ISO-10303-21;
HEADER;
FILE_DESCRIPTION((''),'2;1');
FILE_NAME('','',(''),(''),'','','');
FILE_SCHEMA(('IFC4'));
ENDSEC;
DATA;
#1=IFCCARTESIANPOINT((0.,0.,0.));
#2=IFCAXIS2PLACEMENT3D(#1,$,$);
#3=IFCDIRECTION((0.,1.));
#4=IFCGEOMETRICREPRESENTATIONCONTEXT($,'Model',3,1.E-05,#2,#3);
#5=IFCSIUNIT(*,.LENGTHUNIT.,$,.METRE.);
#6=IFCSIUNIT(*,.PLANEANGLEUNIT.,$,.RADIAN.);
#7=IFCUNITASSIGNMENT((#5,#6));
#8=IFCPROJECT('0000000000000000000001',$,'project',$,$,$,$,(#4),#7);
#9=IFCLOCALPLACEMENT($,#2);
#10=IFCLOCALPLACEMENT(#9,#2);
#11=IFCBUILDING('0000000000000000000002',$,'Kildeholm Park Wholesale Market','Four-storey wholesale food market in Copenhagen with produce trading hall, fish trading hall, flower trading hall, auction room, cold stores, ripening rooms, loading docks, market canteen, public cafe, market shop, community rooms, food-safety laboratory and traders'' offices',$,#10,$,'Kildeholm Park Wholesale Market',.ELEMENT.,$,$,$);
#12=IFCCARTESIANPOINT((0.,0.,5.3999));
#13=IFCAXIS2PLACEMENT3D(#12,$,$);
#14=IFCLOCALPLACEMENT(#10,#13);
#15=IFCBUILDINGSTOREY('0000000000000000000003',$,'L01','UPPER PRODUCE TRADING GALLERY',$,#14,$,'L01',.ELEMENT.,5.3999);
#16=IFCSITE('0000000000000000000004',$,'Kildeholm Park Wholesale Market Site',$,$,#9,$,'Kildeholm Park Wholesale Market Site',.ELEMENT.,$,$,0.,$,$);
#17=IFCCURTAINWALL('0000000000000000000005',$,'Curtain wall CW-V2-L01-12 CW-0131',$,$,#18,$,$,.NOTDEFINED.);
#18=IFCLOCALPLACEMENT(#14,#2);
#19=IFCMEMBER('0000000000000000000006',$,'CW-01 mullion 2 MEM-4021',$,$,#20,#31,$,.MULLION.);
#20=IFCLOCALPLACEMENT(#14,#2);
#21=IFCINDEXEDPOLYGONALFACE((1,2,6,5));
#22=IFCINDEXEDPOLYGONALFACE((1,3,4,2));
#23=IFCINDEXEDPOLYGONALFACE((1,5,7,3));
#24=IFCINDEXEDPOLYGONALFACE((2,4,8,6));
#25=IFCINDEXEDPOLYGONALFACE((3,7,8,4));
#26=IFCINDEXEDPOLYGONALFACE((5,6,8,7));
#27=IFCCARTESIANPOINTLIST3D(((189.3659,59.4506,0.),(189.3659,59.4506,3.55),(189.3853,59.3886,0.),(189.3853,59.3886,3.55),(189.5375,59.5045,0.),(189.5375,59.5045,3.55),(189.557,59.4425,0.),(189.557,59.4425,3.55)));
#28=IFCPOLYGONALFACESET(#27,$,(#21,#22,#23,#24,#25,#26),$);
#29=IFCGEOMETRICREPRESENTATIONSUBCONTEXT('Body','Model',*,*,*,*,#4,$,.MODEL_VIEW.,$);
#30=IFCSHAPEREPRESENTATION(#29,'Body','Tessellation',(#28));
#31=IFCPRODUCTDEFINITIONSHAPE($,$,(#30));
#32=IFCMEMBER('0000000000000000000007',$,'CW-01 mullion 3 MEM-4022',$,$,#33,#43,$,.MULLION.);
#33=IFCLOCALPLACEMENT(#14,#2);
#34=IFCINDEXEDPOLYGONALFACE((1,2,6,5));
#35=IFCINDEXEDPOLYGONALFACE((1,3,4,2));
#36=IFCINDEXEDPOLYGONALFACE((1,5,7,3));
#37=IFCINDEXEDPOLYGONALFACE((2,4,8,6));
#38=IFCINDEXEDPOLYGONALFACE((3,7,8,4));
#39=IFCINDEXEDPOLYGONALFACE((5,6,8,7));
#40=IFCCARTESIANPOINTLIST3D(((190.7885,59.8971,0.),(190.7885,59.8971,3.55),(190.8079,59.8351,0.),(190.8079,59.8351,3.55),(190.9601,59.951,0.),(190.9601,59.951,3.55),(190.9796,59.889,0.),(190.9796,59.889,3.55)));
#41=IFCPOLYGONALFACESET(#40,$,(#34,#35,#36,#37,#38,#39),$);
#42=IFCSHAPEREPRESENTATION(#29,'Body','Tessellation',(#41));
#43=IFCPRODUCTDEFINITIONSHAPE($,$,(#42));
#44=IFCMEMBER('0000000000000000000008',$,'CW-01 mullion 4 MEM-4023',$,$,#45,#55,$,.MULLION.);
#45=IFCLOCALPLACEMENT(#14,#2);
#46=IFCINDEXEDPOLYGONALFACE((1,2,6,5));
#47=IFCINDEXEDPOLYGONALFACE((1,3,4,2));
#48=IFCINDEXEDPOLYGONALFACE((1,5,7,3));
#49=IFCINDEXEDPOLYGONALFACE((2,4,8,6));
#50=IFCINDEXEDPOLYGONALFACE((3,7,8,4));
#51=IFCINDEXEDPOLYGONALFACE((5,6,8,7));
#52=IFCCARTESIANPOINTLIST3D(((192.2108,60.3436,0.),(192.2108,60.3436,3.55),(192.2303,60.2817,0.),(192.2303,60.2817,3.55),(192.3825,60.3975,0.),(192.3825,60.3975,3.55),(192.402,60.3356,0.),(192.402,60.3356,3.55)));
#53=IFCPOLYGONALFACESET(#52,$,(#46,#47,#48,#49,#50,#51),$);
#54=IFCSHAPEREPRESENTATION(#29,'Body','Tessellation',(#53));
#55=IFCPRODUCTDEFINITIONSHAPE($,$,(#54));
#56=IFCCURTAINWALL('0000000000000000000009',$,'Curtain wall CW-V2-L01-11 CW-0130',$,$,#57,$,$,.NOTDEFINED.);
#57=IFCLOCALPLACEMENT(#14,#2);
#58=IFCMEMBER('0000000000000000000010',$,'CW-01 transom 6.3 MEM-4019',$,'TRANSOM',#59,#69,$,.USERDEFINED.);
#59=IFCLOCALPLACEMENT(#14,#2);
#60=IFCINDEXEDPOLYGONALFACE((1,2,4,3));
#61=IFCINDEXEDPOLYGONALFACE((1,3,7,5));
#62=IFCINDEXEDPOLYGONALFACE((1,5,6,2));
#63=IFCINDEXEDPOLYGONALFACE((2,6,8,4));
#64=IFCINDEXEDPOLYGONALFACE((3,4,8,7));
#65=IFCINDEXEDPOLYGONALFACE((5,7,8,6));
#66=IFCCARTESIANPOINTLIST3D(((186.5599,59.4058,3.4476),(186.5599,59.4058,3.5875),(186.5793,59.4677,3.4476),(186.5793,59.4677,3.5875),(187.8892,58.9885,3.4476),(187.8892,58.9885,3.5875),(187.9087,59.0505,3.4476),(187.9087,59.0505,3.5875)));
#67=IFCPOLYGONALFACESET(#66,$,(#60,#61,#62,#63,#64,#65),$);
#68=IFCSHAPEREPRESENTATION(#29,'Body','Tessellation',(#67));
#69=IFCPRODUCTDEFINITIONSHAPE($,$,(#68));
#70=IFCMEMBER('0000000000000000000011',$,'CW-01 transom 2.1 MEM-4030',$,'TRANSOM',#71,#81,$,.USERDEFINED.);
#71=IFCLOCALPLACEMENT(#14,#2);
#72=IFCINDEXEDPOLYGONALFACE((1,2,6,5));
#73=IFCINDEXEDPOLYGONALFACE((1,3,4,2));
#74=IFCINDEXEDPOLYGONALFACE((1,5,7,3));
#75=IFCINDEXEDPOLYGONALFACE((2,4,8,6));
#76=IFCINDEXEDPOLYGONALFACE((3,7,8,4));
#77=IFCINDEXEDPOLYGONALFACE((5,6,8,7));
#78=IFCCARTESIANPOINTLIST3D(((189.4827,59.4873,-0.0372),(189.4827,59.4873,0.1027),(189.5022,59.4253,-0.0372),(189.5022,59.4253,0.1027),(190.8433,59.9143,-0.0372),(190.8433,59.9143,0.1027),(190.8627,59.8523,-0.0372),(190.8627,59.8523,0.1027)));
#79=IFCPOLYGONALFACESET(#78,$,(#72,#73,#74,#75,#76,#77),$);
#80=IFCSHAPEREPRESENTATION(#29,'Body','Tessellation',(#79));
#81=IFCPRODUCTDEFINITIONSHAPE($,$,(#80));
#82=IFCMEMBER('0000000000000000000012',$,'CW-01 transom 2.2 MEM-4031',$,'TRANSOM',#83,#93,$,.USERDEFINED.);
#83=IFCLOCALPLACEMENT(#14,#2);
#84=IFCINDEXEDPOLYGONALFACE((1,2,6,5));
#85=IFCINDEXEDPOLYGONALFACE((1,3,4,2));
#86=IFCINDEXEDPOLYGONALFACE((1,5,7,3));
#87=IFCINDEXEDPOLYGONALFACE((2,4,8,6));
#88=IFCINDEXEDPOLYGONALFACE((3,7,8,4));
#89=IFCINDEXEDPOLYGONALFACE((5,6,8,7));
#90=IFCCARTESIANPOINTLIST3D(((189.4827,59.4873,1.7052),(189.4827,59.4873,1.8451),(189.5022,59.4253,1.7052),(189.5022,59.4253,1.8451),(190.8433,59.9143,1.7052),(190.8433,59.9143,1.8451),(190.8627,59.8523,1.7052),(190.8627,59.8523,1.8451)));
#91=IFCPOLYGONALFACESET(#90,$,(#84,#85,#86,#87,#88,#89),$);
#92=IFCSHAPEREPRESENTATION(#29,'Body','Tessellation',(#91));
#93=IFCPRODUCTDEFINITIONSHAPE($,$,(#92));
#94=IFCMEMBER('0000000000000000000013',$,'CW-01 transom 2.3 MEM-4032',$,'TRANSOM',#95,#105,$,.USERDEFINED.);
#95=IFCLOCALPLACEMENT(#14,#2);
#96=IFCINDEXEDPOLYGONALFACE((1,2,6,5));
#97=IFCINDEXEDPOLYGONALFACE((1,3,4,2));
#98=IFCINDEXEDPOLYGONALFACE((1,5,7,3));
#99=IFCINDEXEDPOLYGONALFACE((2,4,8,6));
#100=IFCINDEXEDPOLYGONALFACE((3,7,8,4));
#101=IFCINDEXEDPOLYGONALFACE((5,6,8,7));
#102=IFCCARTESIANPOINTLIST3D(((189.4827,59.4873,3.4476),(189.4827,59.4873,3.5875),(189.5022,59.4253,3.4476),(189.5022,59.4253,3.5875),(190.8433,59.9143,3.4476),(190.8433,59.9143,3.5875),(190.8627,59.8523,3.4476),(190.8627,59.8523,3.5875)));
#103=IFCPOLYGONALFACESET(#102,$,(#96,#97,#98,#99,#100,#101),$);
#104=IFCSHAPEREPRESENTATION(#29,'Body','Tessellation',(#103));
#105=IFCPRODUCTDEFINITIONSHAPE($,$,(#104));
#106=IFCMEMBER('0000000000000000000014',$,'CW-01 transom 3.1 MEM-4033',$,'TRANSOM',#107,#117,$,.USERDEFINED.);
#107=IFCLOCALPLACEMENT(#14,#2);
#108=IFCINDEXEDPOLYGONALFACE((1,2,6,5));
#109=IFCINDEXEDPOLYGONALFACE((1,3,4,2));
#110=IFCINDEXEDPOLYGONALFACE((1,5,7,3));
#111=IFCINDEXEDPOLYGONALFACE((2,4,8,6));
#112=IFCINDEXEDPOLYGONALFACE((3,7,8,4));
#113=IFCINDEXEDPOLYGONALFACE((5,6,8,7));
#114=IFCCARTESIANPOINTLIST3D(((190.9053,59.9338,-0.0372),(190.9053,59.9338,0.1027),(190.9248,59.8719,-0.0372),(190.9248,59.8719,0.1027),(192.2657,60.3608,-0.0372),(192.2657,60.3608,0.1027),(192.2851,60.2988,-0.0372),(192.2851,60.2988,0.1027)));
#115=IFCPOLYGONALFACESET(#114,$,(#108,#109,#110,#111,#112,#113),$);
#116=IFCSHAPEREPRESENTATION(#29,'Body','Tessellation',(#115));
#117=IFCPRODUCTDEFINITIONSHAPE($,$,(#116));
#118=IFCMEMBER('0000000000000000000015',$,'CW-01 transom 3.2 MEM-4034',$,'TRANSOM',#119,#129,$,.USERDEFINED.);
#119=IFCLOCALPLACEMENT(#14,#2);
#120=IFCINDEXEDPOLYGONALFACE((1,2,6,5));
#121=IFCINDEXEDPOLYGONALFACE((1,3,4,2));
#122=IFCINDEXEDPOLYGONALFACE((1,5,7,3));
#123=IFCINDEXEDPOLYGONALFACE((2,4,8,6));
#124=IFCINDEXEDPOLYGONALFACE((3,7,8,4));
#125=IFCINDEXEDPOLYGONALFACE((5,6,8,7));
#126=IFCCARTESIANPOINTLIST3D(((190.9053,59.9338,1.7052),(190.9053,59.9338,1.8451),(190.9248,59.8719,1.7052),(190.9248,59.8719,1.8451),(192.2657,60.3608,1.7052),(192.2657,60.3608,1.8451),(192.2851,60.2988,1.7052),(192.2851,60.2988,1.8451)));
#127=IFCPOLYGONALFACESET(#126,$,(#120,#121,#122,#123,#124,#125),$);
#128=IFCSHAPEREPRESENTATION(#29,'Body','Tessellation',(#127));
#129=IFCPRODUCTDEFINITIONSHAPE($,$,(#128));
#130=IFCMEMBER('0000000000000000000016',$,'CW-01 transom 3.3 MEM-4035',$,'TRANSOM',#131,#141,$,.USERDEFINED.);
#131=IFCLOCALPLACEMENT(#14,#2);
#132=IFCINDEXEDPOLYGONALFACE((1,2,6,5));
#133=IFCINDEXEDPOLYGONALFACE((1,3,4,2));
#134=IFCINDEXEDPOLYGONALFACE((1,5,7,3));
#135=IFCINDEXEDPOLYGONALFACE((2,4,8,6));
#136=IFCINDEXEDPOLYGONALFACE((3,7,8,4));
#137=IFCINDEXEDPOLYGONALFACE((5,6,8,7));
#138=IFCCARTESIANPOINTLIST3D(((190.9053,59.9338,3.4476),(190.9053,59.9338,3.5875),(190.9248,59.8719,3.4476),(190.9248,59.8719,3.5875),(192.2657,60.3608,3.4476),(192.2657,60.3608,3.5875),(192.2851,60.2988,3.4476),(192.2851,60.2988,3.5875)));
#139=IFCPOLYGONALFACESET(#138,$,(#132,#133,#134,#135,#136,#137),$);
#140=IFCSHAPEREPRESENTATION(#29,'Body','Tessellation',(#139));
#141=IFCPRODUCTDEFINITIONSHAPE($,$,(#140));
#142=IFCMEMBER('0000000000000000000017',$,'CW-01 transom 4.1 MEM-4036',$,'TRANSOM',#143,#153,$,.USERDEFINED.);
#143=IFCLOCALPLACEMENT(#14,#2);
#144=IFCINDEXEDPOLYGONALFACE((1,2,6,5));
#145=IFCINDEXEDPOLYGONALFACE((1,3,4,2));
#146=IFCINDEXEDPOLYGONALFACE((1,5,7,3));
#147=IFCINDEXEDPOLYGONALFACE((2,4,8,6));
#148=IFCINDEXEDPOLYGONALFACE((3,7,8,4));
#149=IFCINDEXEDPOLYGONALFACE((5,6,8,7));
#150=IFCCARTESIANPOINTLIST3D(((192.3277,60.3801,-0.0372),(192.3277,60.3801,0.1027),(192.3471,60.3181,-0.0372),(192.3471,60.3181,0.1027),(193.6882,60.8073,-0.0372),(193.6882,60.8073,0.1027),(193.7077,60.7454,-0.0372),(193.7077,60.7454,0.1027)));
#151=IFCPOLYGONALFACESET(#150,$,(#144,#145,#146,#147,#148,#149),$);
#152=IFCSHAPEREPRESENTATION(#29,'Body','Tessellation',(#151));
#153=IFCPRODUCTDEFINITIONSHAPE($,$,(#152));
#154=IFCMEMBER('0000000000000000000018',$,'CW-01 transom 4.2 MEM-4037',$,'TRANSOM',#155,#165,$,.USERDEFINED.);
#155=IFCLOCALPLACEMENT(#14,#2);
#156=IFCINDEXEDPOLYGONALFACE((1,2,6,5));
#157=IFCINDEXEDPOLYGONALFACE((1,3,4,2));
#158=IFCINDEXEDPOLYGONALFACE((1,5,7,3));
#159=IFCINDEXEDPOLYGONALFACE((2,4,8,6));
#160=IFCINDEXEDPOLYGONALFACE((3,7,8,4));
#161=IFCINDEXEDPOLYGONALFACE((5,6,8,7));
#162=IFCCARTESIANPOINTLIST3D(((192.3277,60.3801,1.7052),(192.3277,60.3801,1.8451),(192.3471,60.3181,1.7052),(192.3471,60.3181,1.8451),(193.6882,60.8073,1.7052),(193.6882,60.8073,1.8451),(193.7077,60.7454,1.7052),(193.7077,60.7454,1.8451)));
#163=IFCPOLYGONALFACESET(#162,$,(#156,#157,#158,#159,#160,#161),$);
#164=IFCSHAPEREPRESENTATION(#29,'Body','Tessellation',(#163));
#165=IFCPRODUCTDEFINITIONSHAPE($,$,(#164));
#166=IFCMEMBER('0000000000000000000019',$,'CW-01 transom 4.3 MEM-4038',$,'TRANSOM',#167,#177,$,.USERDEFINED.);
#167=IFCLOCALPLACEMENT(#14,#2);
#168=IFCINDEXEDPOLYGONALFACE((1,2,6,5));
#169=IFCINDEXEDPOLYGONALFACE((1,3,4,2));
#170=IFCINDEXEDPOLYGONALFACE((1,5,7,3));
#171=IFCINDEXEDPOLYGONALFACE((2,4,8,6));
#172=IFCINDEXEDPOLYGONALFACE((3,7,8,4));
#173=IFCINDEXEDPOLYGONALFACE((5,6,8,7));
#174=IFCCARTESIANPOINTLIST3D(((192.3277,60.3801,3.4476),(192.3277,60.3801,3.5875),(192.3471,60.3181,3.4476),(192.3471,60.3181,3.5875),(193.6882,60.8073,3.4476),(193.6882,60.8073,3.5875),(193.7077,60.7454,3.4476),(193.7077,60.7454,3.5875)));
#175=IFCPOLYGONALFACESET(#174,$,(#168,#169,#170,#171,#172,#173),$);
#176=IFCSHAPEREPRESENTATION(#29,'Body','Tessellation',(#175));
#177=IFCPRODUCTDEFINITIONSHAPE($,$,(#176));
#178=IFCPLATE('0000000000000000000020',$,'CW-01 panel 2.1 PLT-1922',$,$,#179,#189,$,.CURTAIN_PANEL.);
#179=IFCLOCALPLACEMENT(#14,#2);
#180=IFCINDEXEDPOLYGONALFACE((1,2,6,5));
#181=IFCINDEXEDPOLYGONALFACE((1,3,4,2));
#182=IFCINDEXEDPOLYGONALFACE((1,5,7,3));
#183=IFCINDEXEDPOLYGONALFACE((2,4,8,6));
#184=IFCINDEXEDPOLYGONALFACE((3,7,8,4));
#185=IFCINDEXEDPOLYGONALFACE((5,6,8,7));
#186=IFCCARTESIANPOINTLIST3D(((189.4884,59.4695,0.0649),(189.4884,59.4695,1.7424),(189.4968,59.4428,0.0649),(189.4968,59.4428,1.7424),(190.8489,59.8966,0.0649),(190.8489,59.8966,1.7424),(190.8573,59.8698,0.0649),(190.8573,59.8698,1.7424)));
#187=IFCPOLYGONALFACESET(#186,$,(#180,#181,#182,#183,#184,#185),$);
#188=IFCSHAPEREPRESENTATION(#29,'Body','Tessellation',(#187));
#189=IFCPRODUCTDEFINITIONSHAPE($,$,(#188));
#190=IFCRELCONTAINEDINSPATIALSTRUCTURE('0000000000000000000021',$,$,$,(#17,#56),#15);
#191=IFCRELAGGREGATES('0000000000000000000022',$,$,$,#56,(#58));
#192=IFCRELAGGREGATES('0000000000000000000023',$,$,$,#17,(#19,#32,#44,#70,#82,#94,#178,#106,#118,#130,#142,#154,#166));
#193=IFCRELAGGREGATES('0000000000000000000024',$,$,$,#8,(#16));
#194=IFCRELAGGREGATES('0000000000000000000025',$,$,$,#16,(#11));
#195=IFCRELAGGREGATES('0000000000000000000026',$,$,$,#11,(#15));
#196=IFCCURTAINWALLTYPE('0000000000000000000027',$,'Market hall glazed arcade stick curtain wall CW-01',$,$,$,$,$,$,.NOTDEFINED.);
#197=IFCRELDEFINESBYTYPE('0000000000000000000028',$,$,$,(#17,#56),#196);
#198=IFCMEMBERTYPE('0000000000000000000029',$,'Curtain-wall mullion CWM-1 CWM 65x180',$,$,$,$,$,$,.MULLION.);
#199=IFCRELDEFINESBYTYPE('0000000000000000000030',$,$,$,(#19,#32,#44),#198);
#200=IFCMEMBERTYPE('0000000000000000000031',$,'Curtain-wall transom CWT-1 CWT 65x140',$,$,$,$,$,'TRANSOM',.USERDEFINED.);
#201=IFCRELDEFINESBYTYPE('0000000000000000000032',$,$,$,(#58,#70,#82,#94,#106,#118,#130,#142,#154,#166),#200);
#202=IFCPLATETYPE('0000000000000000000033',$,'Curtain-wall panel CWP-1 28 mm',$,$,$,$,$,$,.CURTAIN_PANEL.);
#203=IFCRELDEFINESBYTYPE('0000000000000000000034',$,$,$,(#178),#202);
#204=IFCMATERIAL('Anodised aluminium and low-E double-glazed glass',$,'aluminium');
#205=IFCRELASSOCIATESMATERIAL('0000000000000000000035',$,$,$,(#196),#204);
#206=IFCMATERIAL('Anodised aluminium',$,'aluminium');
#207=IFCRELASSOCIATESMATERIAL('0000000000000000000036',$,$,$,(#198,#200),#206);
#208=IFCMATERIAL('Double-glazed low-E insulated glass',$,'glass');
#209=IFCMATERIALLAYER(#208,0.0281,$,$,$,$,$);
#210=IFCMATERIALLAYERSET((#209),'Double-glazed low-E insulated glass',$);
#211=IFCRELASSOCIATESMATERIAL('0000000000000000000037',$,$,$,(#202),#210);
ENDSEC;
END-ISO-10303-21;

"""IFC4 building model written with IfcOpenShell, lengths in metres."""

from ifc_helpers import new_model, si_unit, direction, frame, origin, origin_2d, place, context, subcontext, project, spatial, rectangle, extrude, material, layer, layer_set, material_profile, profile_set, type_object, element, aggregate, save


model = new_model("IFC4")

# Units and contexts
model_context = context("Model", 3, precision=1e-05, world=origin(), true_north=direction((0.0, 1.0)))
body_context = subcontext(model_context, "Body", "Model", "MODEL_VIEW")
ifc_project = project(units=[si_unit("LENGTHUNIT", "METRE"), si_unit("PLANEANGLEUNIT", "RADIAN")], contexts=[model_context])

# Site, building, storey
site_placement = place(None, origin())
site = spatial("IfcSite", under=ifc_project, at=site_placement, Name="Kildeholm Park Wholesale Market Site", LongName="Kildeholm Park Wholesale Market Site", CompositionType="ELEMENT", RefElevation=0.0)
building_placement = place(site_placement, origin())
building = spatial("IfcBuilding", under=site, at=building_placement, Name="Kildeholm Park Wholesale Market", Description="Four-storey wholesale food market in Copenhagen with produce trading hall, fish trading hall, flower trading hall, auction room, cold stores, ripening rooms, loading docks, market canteen, public cafe, market shop, community rooms, food-safety laboratory and traders' offices", LongName="Kildeholm Park Wholesale Market", CompositionType="ELEMENT")
storey_placement = place(building_placement, frame((0.0, 0.0, 5.3999)))
storey = spatial("IfcBuildingStorey", under=building, at=storey_placement, Name="L01", Description="UPPER PRODUCE TRADING GALLERY", LongName="L01", CompositionType="ELEMENT", Elevation=5.3999)

# Curtain wall, members
ifc_material_1 = material(Name="Anodised aluminium and low-E double-glazed glass", Category="aluminium")
curtain_wall_type = type_object("IfcCurtainWallType", Name="Market hall glazed arcade stick curtain wall CW-01", PredefinedType="NOTDEFINED", material=ifc_material_1)
curtain_wall_1_placement = place(storey_placement, origin())
curtain_wall_1 = element("IfcCurtainWall", 1, at=curtain_wall_1_placement, inside=storey, type_object=curtain_wall_type, Name="Curtain wall CW-V2-L01-12 CW-0131", PredefinedType="NOTDEFINED")
ifc_material_2 = material(Name="Anodised aluminium", Category="aluminium")
ifc_material_profile_1 = material_profile(ifc_material_2, rectangle(XDim=0.0649, YDim=0.1799, at=origin_2d()), Name="CWM 65x180")
ifc_profile_set_1 = profile_set([ifc_material_profile_1], Name="Anodised aluminium")
member_type_1 = type_object("IfcMemberType", Name="Curtain-wall mullion CWM-1 CWM 65x180", PredefinedType="MULLION", material=ifc_profile_set_1)
member_1_placement = place(storey_placement, frame((189.4614, 59.4465, 0.0), z_axis=(0.0, 0.0, 1.0), x_axis=(-0.299478, 0.954103, 0.0)))
member_1 = element("IfcMember", 2, at=member_1_placement, type_object=member_type_1, Name="CW-01 mullion 2 MEM-4021", PredefinedType="MULLION", context=body_context, shape_type="SweptSolid", body=[
    extrude(rectangle(XDim=0.0649, YDim=0.1799, at=origin_2d()), origin(), (0.0, 0.0, 1.0), 3.55),
])
member_2_placement = place(storey_placement, frame((190.884, 59.8931, 0.0), z_axis=(0.0, 0.0, 1.0), x_axis=(-0.299478, 0.954103, 0.0)))
member_2 = element("IfcMember", 3, at=member_2_placement, type_object=member_type_1, Name="CW-01 mullion 3 MEM-4022", PredefinedType="MULLION", context=body_context, shape_type="SweptSolid", body=[
    extrude(rectangle(XDim=0.0649, YDim=0.1799, at=origin_2d()), origin(), (0.0, 0.0, 1.0), 3.55),
])
member_3_placement = place(storey_placement, frame((192.3064, 60.3396, 0.0), z_axis=(0.0, 0.0, 1.0), x_axis=(-0.299478, 0.954103, 0.0)))
member_3 = element("IfcMember", 4, at=member_3_placement, type_object=member_type_1, Name="CW-01 mullion 4 MEM-4023", PredefinedType="MULLION", context=body_context, shape_type="SweptSolid", body=[
    extrude(rectangle(XDim=0.0649, YDim=0.1799, at=origin_2d()), origin(), (0.0, 0.0, 1.0), 3.55),
])

# Curtain wall, member
curtain_wall_2_placement = place(storey_placement, origin())
curtain_wall_2 = element("IfcCurtainWall", 5, at=curtain_wall_2_placement, inside=storey, type_object=curtain_wall_type, Name="Curtain wall CW-V2-L01-11 CW-0130", PredefinedType="NOTDEFINED")
ifc_material_profile_2 = material_profile(ifc_material_2, rectangle(XDim=0.0649, YDim=0.1399, at=origin_2d()), Name="CWT 65x140")
ifc_profile_set_2 = profile_set([ifc_material_profile_2], Name="Anodised aluminium")
member_type_2 = type_object("IfcMemberType", Name="Curtain-wall transom CWT-1 CWT 65x140", ElementType="TRANSOM", PredefinedType="USERDEFINED", material=ifc_profile_set_2)
member_4_placement = place(storey_placement, frame((186.5696, 59.4368, 3.5176), z_axis=(0.954108, -0.299462, 0.0), x_axis=(0.299462, 0.954108, 0.0)))
member_4 = element("IfcMember", 6, at=member_4_placement, type_object=member_type_2, Name="CW-01 transom 6.3 MEM-4019", ObjectType="TRANSOM", PredefinedType="USERDEFINED", context=body_context, shape_type="SweptSolid", body=[
    extrude(rectangle(XDim=0.0649, YDim=0.1399, at=origin_2d()), origin(), (0.0, 0.0, 1.0), 1.3933),
])
aggregate(curtain_wall_2, [member_4])

# Members
member_5_placement = place(storey_placement, frame((189.4924, 59.4563, 0.0327), z_axis=(0.954117, 0.299435, 0.0), x_axis=(-0.299435, 0.954117, 0.0)))
member_5 = element("IfcMember", 7, at=member_5_placement, type_object=member_type_2, Name="CW-01 transom 2.1 MEM-4030", ObjectType="TRANSOM", PredefinedType="USERDEFINED", context=body_context, shape_type="SweptSolid", body=[
    extrude(rectangle(XDim=0.0649, YDim=0.1399, at=origin_2d()), origin(), (0.0, 0.0, 1.0), 1.426),
])
member_6_placement = place(storey_placement, frame((189.4924, 59.4563, 1.7751), z_axis=(0.954117, 0.299435, 0.0), x_axis=(-0.299435, 0.954117, 0.0)))
member_6 = element("IfcMember", 8, at=member_6_placement, type_object=member_type_2, Name="CW-01 transom 2.2 MEM-4031", ObjectType="TRANSOM", PredefinedType="USERDEFINED", context=body_context, shape_type="SweptSolid", body=[
    extrude(rectangle(XDim=0.0649, YDim=0.1399, at=origin_2d()), origin(), (0.0, 0.0, 1.0), 1.426),
])
member_7_placement = place(storey_placement, frame((189.4924, 59.4563, 3.5176), z_axis=(0.954117, 0.299435, 0.0), x_axis=(-0.299435, 0.954117, 0.0)))
member_7 = element("IfcMember", 9, at=member_7_placement, type_object=member_type_2, Name="CW-01 transom 2.3 MEM-4032", ObjectType="TRANSOM", PredefinedType="USERDEFINED", context=body_context, shape_type="SweptSolid", body=[
    extrude(rectangle(XDim=0.0649, YDim=0.1399, at=origin_2d()), origin(), (0.0, 0.0, 1.0), 1.426),
])
member_8_placement = place(storey_placement, frame((190.915, 59.9028, 0.0327), z_axis=(0.954101, 0.299484, 0.0), x_axis=(-0.299484, 0.954101, 0.0)))
member_8 = element("IfcMember", 10, at=member_8_placement, type_object=member_type_2, Name="CW-01 transom 3.1 MEM-4033", ObjectType="TRANSOM", PredefinedType="USERDEFINED", context=body_context, shape_type="SweptSolid", body=[
    extrude(rectangle(XDim=0.0649, YDim=0.1399, at=origin_2d()), origin(), (0.0, 0.0, 1.0), 1.4258),
])
member_9_placement = place(storey_placement, frame((190.915, 59.9028, 1.7751), z_axis=(0.954101, 0.299484, 0.0), x_axis=(-0.299484, 0.954101, 0.0)))
member_9 = element("IfcMember", 11, at=member_9_placement, type_object=member_type_2, Name="CW-01 transom 3.2 MEM-4034", ObjectType="TRANSOM", PredefinedType="USERDEFINED", context=body_context, shape_type="SweptSolid", body=[
    extrude(rectangle(XDim=0.0649, YDim=0.1399, at=origin_2d()), origin(), (0.0, 0.0, 1.0), 1.4258),
])
member_10_placement = place(storey_placement, frame((190.915, 59.9028, 3.5176), z_axis=(0.954101, 0.299484, 0.0), x_axis=(-0.299484, 0.954101, 0.0)))
member_10 = element("IfcMember", 12, at=member_10_placement, type_object=member_type_2, Name="CW-01 transom 3.3 MEM-4035", ObjectType="TRANSOM", PredefinedType="USERDEFINED", context=body_context, shape_type="SweptSolid", body=[
    extrude(rectangle(XDim=0.0649, YDim=0.1399, at=origin_2d()), origin(), (0.0, 0.0, 1.0), 1.4258),
])
member_11_placement = place(storey_placement, frame((192.3374, 60.3491, 0.0327), z_axis=(0.954068, 0.299591, 0.0), x_axis=(-0.299591, 0.954068, 0.0)))
member_11 = element("IfcMember", 13, at=member_11_placement, type_object=member_type_2, Name="CW-01 transom 4.1 MEM-4036", ObjectType="TRANSOM", PredefinedType="USERDEFINED", context=body_context, shape_type="SweptSolid", body=[
    extrude(rectangle(XDim=0.0649, YDim=0.1399, at=origin_2d()), origin(), (0.0, 0.0, 1.0), 1.426),
])
member_12_placement = place(storey_placement, frame((192.3374, 60.3491, 1.7751), z_axis=(0.954068, 0.299591, 0.0), x_axis=(-0.299591, 0.954068, 0.0)))
member_12 = element("IfcMember", 14, at=member_12_placement, type_object=member_type_2, Name="CW-01 transom 4.2 MEM-4037", ObjectType="TRANSOM", PredefinedType="USERDEFINED", context=body_context, shape_type="SweptSolid", body=[
    extrude(rectangle(XDim=0.0649, YDim=0.1399, at=origin_2d()), origin(), (0.0, 0.0, 1.0), 1.426),
])
member_13_placement = place(storey_placement, frame((192.3374, 60.3491, 3.5176), z_axis=(0.954068, 0.299591, 0.0), x_axis=(-0.299591, 0.954068, 0.0)))
member_13 = element("IfcMember", 15, at=member_13_placement, type_object=member_type_2, Name="CW-01 transom 4.3 MEM-4038", ObjectType="TRANSOM", PredefinedType="USERDEFINED", context=body_context, shape_type="SweptSolid", body=[
    extrude(rectangle(XDim=0.0649, YDim=0.1399, at=origin_2d()), origin(), (0.0, 0.0, 1.0), 1.426),
])

# Plate
ifc_material_3 = material(Name="Double-glazed low-E insulated glass", Category="glass")
ifc_layer_1 = layer(ifc_material_3, 0.0281)
ifc_layer_set_1 = layer_set([ifc_layer_1], Name="Double-glazed low-E insulated glass")
plate_type = type_object("IfcPlateType", Name="Curtain-wall panel CWP-1 28 mm", PredefinedType="CURTAIN_PANEL", material=ifc_layer_set_1)
plate_1_placement = place(storey_placement, frame((190.1729, 59.6697, 0.0649), z_axis=(0.0, 0.0, 1.0), x_axis=(0.954103, 0.299478, 0.0)))
plate_1 = element("IfcPlate", 16, at=plate_1_placement, type_object=plate_type, Name="CW-01 panel 2.1 PLT-1922", PredefinedType="CURTAIN_PANEL", context=body_context, shape_type="SweptSolid", body=[
    extrude(rectangle(XDim=1.426, YDim=0.0281, at=origin_2d()), origin(), (0.0, 0.0, 1.0), 1.6775),
])
aggregate(curtain_wall_1, [member_1, member_2, member_3, member_5, member_6, member_7, plate_1, member_8, member_9, member_10, member_11, member_12, member_13])

save(model, "model.ifc")
